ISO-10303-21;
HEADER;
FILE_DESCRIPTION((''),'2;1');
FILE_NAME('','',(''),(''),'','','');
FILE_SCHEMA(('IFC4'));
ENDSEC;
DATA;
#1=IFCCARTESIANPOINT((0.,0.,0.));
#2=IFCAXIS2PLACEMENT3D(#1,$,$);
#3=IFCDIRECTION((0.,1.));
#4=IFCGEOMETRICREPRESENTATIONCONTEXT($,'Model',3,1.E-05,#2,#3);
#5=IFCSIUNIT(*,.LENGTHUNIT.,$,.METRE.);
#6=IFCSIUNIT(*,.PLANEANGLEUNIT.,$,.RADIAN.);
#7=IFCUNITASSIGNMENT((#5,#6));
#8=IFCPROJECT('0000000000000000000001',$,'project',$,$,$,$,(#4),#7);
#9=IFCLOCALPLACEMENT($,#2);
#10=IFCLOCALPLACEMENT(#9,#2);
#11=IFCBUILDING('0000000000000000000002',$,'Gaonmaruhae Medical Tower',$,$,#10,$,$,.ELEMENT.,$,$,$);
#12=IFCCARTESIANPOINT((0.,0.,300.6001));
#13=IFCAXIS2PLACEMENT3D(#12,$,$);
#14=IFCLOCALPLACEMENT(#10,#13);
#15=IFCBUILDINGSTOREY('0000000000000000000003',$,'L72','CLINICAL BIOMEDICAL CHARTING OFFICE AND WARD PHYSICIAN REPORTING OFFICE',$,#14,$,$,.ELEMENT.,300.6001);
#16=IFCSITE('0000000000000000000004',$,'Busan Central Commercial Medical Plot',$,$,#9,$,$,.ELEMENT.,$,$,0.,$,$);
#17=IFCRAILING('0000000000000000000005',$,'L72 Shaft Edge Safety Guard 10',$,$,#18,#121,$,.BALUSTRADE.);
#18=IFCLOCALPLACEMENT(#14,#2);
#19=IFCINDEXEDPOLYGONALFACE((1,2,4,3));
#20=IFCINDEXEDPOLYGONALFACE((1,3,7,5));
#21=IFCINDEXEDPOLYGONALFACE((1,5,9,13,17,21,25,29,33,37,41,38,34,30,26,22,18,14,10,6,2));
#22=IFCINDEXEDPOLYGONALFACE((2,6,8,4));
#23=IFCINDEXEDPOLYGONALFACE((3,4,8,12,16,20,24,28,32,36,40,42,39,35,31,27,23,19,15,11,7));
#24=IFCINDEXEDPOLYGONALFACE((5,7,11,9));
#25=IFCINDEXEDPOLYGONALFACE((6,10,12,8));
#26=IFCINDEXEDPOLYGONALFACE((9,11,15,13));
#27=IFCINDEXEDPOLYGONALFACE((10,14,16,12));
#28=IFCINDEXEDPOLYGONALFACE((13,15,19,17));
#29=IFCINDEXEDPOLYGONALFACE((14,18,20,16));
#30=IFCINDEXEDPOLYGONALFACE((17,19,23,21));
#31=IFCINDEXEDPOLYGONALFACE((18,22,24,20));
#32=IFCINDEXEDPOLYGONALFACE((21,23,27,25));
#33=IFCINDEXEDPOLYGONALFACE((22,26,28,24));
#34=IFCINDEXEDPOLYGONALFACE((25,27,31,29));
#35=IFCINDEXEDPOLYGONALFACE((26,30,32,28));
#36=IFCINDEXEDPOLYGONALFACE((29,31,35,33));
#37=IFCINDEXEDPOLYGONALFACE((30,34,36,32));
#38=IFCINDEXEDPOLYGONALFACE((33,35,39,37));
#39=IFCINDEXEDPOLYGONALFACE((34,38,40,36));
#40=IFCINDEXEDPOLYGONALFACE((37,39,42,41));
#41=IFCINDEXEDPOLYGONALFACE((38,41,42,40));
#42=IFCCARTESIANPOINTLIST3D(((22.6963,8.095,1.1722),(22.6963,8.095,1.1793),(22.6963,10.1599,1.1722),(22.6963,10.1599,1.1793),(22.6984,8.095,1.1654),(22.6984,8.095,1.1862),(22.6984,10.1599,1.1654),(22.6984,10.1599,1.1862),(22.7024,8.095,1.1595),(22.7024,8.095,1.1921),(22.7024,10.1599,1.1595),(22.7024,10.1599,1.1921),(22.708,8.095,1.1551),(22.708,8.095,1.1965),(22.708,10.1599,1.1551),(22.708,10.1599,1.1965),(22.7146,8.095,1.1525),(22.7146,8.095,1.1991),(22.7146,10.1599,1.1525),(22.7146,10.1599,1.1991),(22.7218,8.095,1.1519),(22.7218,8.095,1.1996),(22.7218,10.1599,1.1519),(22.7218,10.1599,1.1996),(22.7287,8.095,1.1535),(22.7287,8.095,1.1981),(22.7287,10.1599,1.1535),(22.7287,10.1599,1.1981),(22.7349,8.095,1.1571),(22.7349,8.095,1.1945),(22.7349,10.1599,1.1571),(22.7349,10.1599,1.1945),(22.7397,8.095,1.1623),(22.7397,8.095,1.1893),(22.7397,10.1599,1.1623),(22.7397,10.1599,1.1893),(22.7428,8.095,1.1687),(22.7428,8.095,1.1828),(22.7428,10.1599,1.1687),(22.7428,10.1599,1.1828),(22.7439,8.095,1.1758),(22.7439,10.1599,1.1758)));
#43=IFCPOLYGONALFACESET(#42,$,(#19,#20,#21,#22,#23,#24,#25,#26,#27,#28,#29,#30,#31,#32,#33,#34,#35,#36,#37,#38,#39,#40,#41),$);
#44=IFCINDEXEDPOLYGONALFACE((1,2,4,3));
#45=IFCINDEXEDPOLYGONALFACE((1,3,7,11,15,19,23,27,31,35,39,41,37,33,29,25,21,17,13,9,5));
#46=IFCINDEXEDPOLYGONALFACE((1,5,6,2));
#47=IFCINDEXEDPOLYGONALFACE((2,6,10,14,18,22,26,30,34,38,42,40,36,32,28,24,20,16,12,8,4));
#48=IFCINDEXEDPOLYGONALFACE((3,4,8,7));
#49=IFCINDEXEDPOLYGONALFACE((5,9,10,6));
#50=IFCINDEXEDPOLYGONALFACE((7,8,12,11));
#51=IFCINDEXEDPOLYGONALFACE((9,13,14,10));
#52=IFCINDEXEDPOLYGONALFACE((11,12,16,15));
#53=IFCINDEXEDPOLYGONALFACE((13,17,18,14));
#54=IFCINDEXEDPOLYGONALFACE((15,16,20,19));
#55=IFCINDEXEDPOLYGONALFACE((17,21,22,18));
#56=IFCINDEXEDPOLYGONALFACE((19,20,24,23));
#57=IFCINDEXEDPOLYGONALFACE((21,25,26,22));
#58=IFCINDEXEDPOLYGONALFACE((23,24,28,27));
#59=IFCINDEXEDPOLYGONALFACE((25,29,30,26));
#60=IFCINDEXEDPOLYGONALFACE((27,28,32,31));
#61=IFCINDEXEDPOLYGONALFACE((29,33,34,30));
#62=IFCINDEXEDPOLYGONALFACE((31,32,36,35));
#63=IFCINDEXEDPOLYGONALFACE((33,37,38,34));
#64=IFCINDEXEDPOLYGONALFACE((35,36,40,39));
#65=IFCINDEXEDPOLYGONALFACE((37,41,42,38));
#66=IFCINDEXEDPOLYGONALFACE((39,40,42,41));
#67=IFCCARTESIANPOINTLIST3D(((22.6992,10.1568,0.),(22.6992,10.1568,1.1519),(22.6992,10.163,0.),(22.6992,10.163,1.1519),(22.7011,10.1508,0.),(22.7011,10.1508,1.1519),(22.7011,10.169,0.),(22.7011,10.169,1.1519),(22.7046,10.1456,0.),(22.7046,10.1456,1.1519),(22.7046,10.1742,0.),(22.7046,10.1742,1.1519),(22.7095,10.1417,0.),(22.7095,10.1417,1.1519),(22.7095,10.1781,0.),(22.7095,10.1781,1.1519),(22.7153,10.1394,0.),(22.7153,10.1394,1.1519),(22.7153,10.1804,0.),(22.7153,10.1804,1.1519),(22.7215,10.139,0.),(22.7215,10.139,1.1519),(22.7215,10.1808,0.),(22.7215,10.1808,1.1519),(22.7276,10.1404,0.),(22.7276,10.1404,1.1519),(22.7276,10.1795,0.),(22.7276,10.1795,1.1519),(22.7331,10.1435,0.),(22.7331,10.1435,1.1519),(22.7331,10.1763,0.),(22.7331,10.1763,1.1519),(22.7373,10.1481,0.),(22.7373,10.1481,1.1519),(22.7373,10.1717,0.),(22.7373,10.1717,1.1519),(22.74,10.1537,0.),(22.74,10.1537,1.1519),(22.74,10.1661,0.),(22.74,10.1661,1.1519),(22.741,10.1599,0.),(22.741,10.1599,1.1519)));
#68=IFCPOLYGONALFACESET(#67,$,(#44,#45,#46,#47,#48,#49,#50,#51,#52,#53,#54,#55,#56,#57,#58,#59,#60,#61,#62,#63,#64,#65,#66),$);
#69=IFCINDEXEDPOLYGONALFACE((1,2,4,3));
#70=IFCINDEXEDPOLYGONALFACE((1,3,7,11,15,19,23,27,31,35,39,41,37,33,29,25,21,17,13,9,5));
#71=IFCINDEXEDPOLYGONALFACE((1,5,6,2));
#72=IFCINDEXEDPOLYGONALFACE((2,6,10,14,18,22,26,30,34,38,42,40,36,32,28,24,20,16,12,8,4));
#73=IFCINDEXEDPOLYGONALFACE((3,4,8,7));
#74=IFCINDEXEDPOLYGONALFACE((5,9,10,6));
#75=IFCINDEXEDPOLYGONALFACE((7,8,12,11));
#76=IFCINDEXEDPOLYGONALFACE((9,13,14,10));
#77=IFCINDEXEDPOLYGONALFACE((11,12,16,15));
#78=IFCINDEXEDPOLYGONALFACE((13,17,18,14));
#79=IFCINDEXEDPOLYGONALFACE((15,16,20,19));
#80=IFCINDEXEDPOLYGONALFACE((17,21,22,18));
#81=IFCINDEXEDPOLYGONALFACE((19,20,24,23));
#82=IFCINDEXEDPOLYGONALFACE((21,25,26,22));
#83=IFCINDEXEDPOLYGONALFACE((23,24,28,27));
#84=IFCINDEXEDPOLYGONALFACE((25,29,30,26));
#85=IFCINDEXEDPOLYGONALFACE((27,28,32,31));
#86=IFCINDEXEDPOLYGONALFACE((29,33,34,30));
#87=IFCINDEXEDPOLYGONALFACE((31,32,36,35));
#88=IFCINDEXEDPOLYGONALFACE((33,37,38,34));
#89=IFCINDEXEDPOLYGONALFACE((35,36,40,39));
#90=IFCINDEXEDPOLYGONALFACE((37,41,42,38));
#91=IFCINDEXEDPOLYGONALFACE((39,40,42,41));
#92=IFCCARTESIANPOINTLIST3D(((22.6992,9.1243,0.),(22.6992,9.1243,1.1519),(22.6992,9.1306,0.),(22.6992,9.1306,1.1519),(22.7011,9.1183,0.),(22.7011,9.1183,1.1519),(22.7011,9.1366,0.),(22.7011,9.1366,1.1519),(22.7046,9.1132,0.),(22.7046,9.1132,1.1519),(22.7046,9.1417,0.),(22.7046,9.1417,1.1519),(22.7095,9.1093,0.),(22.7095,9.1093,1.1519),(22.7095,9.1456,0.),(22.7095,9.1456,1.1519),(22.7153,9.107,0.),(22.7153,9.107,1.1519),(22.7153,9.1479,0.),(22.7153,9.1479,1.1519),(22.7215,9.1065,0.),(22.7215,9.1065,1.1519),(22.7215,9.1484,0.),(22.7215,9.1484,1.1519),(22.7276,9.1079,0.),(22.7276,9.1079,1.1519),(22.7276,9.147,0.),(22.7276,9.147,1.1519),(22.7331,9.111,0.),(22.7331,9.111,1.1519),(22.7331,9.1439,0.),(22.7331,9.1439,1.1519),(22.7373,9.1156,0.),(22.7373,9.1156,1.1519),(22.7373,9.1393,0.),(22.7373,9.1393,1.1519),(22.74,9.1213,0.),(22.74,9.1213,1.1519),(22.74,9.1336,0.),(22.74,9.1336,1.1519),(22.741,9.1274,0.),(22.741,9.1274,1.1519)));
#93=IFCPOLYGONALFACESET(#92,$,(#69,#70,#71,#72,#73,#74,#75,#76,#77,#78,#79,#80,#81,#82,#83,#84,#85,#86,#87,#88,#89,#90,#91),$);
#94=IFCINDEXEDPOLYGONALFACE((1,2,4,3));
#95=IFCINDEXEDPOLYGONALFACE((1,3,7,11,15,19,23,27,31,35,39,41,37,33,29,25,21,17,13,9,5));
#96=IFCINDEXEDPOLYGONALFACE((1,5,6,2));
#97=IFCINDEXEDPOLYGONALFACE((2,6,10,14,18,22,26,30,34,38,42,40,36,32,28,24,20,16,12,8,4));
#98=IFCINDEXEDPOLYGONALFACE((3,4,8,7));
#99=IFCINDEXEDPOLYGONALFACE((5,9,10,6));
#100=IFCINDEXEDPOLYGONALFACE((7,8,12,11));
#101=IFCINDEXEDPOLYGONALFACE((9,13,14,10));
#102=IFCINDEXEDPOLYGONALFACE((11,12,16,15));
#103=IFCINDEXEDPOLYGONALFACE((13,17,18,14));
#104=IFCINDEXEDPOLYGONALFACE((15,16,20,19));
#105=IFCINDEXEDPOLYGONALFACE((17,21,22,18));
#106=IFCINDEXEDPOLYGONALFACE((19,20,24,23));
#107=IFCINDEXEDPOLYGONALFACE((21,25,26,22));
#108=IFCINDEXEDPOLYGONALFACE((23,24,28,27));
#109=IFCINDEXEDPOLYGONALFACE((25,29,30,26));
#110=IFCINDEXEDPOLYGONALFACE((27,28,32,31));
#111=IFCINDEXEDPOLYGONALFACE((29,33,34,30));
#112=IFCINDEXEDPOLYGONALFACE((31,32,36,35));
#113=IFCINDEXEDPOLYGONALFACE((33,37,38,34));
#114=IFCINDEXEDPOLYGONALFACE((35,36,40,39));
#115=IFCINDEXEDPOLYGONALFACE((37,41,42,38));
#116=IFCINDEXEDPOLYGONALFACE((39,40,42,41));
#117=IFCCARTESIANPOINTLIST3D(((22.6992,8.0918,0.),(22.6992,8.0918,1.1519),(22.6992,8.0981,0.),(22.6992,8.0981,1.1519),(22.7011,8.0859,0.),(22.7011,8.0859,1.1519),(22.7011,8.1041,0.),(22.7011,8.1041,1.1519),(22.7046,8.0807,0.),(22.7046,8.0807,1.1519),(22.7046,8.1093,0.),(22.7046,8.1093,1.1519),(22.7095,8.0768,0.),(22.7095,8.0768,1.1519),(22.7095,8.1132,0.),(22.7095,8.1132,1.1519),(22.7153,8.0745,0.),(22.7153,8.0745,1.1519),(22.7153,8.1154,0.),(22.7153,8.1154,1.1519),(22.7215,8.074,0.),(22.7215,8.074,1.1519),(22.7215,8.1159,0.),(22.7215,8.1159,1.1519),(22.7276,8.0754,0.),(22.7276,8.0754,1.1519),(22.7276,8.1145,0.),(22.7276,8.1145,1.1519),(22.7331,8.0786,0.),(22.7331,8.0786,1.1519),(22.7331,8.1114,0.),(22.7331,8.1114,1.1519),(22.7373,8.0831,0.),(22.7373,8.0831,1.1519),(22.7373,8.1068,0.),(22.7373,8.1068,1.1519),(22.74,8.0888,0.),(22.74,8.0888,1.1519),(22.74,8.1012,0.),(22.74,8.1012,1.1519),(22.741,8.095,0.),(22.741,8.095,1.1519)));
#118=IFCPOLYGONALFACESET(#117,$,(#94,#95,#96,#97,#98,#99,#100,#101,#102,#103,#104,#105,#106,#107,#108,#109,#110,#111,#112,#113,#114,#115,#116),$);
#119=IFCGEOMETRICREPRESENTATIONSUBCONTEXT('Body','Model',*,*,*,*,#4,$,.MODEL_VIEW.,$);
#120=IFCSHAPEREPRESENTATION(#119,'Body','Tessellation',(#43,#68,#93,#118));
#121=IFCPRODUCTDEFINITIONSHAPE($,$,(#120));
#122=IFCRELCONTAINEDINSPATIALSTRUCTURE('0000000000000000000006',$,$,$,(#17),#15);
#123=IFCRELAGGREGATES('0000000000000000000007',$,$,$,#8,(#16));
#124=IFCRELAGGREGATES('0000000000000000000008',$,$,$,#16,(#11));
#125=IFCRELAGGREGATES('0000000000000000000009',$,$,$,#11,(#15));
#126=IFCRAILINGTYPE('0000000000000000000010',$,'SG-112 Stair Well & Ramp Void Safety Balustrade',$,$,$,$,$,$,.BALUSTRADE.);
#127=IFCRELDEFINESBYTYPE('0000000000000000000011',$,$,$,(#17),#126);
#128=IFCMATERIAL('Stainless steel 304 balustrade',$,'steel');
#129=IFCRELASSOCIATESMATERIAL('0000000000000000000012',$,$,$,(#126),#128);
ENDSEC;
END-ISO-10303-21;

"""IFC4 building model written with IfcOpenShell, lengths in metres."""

from ifc_helpers import new_model, si_unit, direction, frame, origin, origin_2d, place, context, subcontext, project, spatial, circle, extrude, material, type_object, element, save


model = new_model("IFC4")

# Units and contexts
model_context = context("Model", 3, precision=1e-05, world=origin(), true_north=direction((0.0, 1.0)))
body_context = subcontext(model_context, "Body", "Model", "MODEL_VIEW")
ifc_project = project(units=[si_unit("LENGTHUNIT", "METRE"), si_unit("PLANEANGLEUNIT", "RADIAN")], contexts=[model_context])

# Site, building, storey
site_placement = place(None, origin())
site = spatial("IfcSite", under=ifc_project, at=site_placement, Name="Busan Central Commercial Medical Plot", CompositionType="ELEMENT", RefElevation=0.0)
building_placement = place(site_placement, origin())
building = spatial("IfcBuilding", under=site, at=building_placement, Name="Gaonmaruhae Medical Tower", CompositionType="ELEMENT")
storey_placement = place(building_placement, frame((0.0, 0.0, 300.6001)))
storey = spatial("IfcBuildingStorey", under=building, at=storey_placement, Name="L72", Description="CLINICAL BIOMEDICAL CHARTING OFFICE AND WARD PHYSICIAN REPORTING OFFICE", CompositionType="ELEMENT", Elevation=300.6001)

# Railing
ifc_material_1 = material(Name="Stainless steel 304 balustrade", Category="steel")
railing_type_1 = type_object("IfcRailingType", Name="SG-112 Stair Well & Ramp Void Safety Balustrade", PredefinedType="BALUSTRADE", material=ifc_material_1)
railing_1_placement = place(storey_placement, frame((22.72, 10.1599, 0.0)))
element("IfcRailing", 1, at=railing_1_placement, inside=storey, type_object=railing_type_1, Name="L72 Shaft Edge Safety Guard 10", PredefinedType="BALUSTRADE", context=body_context, shape_type="SweptSolid", body=[
    extrude(circle(Radius=0.0239, at=origin_2d()), frame((0.0, 0.0, 1.1758), z_axis=(0.0, -1.0, 0.0), x_axis=(1.0, 0.0, 0.0)), (0.0, 0.0, 1.0), 2.0649),
    extrude(circle(Radius=0.021, at=origin_2d()), origin(), (0.0, 0.0, 1.0), 1.1519),
    extrude(circle(Radius=0.021, at=origin_2d()), frame((0.0, -1.0325, 0.0)), (0.0, 0.0, 1.0), 1.1519),
    extrude(circle(Radius=0.021, at=origin_2d()), frame((0.0, -2.0649, 0.0)), (0.0, 0.0, 1.0), 1.1519),
])

save(model, "model.ifc")
